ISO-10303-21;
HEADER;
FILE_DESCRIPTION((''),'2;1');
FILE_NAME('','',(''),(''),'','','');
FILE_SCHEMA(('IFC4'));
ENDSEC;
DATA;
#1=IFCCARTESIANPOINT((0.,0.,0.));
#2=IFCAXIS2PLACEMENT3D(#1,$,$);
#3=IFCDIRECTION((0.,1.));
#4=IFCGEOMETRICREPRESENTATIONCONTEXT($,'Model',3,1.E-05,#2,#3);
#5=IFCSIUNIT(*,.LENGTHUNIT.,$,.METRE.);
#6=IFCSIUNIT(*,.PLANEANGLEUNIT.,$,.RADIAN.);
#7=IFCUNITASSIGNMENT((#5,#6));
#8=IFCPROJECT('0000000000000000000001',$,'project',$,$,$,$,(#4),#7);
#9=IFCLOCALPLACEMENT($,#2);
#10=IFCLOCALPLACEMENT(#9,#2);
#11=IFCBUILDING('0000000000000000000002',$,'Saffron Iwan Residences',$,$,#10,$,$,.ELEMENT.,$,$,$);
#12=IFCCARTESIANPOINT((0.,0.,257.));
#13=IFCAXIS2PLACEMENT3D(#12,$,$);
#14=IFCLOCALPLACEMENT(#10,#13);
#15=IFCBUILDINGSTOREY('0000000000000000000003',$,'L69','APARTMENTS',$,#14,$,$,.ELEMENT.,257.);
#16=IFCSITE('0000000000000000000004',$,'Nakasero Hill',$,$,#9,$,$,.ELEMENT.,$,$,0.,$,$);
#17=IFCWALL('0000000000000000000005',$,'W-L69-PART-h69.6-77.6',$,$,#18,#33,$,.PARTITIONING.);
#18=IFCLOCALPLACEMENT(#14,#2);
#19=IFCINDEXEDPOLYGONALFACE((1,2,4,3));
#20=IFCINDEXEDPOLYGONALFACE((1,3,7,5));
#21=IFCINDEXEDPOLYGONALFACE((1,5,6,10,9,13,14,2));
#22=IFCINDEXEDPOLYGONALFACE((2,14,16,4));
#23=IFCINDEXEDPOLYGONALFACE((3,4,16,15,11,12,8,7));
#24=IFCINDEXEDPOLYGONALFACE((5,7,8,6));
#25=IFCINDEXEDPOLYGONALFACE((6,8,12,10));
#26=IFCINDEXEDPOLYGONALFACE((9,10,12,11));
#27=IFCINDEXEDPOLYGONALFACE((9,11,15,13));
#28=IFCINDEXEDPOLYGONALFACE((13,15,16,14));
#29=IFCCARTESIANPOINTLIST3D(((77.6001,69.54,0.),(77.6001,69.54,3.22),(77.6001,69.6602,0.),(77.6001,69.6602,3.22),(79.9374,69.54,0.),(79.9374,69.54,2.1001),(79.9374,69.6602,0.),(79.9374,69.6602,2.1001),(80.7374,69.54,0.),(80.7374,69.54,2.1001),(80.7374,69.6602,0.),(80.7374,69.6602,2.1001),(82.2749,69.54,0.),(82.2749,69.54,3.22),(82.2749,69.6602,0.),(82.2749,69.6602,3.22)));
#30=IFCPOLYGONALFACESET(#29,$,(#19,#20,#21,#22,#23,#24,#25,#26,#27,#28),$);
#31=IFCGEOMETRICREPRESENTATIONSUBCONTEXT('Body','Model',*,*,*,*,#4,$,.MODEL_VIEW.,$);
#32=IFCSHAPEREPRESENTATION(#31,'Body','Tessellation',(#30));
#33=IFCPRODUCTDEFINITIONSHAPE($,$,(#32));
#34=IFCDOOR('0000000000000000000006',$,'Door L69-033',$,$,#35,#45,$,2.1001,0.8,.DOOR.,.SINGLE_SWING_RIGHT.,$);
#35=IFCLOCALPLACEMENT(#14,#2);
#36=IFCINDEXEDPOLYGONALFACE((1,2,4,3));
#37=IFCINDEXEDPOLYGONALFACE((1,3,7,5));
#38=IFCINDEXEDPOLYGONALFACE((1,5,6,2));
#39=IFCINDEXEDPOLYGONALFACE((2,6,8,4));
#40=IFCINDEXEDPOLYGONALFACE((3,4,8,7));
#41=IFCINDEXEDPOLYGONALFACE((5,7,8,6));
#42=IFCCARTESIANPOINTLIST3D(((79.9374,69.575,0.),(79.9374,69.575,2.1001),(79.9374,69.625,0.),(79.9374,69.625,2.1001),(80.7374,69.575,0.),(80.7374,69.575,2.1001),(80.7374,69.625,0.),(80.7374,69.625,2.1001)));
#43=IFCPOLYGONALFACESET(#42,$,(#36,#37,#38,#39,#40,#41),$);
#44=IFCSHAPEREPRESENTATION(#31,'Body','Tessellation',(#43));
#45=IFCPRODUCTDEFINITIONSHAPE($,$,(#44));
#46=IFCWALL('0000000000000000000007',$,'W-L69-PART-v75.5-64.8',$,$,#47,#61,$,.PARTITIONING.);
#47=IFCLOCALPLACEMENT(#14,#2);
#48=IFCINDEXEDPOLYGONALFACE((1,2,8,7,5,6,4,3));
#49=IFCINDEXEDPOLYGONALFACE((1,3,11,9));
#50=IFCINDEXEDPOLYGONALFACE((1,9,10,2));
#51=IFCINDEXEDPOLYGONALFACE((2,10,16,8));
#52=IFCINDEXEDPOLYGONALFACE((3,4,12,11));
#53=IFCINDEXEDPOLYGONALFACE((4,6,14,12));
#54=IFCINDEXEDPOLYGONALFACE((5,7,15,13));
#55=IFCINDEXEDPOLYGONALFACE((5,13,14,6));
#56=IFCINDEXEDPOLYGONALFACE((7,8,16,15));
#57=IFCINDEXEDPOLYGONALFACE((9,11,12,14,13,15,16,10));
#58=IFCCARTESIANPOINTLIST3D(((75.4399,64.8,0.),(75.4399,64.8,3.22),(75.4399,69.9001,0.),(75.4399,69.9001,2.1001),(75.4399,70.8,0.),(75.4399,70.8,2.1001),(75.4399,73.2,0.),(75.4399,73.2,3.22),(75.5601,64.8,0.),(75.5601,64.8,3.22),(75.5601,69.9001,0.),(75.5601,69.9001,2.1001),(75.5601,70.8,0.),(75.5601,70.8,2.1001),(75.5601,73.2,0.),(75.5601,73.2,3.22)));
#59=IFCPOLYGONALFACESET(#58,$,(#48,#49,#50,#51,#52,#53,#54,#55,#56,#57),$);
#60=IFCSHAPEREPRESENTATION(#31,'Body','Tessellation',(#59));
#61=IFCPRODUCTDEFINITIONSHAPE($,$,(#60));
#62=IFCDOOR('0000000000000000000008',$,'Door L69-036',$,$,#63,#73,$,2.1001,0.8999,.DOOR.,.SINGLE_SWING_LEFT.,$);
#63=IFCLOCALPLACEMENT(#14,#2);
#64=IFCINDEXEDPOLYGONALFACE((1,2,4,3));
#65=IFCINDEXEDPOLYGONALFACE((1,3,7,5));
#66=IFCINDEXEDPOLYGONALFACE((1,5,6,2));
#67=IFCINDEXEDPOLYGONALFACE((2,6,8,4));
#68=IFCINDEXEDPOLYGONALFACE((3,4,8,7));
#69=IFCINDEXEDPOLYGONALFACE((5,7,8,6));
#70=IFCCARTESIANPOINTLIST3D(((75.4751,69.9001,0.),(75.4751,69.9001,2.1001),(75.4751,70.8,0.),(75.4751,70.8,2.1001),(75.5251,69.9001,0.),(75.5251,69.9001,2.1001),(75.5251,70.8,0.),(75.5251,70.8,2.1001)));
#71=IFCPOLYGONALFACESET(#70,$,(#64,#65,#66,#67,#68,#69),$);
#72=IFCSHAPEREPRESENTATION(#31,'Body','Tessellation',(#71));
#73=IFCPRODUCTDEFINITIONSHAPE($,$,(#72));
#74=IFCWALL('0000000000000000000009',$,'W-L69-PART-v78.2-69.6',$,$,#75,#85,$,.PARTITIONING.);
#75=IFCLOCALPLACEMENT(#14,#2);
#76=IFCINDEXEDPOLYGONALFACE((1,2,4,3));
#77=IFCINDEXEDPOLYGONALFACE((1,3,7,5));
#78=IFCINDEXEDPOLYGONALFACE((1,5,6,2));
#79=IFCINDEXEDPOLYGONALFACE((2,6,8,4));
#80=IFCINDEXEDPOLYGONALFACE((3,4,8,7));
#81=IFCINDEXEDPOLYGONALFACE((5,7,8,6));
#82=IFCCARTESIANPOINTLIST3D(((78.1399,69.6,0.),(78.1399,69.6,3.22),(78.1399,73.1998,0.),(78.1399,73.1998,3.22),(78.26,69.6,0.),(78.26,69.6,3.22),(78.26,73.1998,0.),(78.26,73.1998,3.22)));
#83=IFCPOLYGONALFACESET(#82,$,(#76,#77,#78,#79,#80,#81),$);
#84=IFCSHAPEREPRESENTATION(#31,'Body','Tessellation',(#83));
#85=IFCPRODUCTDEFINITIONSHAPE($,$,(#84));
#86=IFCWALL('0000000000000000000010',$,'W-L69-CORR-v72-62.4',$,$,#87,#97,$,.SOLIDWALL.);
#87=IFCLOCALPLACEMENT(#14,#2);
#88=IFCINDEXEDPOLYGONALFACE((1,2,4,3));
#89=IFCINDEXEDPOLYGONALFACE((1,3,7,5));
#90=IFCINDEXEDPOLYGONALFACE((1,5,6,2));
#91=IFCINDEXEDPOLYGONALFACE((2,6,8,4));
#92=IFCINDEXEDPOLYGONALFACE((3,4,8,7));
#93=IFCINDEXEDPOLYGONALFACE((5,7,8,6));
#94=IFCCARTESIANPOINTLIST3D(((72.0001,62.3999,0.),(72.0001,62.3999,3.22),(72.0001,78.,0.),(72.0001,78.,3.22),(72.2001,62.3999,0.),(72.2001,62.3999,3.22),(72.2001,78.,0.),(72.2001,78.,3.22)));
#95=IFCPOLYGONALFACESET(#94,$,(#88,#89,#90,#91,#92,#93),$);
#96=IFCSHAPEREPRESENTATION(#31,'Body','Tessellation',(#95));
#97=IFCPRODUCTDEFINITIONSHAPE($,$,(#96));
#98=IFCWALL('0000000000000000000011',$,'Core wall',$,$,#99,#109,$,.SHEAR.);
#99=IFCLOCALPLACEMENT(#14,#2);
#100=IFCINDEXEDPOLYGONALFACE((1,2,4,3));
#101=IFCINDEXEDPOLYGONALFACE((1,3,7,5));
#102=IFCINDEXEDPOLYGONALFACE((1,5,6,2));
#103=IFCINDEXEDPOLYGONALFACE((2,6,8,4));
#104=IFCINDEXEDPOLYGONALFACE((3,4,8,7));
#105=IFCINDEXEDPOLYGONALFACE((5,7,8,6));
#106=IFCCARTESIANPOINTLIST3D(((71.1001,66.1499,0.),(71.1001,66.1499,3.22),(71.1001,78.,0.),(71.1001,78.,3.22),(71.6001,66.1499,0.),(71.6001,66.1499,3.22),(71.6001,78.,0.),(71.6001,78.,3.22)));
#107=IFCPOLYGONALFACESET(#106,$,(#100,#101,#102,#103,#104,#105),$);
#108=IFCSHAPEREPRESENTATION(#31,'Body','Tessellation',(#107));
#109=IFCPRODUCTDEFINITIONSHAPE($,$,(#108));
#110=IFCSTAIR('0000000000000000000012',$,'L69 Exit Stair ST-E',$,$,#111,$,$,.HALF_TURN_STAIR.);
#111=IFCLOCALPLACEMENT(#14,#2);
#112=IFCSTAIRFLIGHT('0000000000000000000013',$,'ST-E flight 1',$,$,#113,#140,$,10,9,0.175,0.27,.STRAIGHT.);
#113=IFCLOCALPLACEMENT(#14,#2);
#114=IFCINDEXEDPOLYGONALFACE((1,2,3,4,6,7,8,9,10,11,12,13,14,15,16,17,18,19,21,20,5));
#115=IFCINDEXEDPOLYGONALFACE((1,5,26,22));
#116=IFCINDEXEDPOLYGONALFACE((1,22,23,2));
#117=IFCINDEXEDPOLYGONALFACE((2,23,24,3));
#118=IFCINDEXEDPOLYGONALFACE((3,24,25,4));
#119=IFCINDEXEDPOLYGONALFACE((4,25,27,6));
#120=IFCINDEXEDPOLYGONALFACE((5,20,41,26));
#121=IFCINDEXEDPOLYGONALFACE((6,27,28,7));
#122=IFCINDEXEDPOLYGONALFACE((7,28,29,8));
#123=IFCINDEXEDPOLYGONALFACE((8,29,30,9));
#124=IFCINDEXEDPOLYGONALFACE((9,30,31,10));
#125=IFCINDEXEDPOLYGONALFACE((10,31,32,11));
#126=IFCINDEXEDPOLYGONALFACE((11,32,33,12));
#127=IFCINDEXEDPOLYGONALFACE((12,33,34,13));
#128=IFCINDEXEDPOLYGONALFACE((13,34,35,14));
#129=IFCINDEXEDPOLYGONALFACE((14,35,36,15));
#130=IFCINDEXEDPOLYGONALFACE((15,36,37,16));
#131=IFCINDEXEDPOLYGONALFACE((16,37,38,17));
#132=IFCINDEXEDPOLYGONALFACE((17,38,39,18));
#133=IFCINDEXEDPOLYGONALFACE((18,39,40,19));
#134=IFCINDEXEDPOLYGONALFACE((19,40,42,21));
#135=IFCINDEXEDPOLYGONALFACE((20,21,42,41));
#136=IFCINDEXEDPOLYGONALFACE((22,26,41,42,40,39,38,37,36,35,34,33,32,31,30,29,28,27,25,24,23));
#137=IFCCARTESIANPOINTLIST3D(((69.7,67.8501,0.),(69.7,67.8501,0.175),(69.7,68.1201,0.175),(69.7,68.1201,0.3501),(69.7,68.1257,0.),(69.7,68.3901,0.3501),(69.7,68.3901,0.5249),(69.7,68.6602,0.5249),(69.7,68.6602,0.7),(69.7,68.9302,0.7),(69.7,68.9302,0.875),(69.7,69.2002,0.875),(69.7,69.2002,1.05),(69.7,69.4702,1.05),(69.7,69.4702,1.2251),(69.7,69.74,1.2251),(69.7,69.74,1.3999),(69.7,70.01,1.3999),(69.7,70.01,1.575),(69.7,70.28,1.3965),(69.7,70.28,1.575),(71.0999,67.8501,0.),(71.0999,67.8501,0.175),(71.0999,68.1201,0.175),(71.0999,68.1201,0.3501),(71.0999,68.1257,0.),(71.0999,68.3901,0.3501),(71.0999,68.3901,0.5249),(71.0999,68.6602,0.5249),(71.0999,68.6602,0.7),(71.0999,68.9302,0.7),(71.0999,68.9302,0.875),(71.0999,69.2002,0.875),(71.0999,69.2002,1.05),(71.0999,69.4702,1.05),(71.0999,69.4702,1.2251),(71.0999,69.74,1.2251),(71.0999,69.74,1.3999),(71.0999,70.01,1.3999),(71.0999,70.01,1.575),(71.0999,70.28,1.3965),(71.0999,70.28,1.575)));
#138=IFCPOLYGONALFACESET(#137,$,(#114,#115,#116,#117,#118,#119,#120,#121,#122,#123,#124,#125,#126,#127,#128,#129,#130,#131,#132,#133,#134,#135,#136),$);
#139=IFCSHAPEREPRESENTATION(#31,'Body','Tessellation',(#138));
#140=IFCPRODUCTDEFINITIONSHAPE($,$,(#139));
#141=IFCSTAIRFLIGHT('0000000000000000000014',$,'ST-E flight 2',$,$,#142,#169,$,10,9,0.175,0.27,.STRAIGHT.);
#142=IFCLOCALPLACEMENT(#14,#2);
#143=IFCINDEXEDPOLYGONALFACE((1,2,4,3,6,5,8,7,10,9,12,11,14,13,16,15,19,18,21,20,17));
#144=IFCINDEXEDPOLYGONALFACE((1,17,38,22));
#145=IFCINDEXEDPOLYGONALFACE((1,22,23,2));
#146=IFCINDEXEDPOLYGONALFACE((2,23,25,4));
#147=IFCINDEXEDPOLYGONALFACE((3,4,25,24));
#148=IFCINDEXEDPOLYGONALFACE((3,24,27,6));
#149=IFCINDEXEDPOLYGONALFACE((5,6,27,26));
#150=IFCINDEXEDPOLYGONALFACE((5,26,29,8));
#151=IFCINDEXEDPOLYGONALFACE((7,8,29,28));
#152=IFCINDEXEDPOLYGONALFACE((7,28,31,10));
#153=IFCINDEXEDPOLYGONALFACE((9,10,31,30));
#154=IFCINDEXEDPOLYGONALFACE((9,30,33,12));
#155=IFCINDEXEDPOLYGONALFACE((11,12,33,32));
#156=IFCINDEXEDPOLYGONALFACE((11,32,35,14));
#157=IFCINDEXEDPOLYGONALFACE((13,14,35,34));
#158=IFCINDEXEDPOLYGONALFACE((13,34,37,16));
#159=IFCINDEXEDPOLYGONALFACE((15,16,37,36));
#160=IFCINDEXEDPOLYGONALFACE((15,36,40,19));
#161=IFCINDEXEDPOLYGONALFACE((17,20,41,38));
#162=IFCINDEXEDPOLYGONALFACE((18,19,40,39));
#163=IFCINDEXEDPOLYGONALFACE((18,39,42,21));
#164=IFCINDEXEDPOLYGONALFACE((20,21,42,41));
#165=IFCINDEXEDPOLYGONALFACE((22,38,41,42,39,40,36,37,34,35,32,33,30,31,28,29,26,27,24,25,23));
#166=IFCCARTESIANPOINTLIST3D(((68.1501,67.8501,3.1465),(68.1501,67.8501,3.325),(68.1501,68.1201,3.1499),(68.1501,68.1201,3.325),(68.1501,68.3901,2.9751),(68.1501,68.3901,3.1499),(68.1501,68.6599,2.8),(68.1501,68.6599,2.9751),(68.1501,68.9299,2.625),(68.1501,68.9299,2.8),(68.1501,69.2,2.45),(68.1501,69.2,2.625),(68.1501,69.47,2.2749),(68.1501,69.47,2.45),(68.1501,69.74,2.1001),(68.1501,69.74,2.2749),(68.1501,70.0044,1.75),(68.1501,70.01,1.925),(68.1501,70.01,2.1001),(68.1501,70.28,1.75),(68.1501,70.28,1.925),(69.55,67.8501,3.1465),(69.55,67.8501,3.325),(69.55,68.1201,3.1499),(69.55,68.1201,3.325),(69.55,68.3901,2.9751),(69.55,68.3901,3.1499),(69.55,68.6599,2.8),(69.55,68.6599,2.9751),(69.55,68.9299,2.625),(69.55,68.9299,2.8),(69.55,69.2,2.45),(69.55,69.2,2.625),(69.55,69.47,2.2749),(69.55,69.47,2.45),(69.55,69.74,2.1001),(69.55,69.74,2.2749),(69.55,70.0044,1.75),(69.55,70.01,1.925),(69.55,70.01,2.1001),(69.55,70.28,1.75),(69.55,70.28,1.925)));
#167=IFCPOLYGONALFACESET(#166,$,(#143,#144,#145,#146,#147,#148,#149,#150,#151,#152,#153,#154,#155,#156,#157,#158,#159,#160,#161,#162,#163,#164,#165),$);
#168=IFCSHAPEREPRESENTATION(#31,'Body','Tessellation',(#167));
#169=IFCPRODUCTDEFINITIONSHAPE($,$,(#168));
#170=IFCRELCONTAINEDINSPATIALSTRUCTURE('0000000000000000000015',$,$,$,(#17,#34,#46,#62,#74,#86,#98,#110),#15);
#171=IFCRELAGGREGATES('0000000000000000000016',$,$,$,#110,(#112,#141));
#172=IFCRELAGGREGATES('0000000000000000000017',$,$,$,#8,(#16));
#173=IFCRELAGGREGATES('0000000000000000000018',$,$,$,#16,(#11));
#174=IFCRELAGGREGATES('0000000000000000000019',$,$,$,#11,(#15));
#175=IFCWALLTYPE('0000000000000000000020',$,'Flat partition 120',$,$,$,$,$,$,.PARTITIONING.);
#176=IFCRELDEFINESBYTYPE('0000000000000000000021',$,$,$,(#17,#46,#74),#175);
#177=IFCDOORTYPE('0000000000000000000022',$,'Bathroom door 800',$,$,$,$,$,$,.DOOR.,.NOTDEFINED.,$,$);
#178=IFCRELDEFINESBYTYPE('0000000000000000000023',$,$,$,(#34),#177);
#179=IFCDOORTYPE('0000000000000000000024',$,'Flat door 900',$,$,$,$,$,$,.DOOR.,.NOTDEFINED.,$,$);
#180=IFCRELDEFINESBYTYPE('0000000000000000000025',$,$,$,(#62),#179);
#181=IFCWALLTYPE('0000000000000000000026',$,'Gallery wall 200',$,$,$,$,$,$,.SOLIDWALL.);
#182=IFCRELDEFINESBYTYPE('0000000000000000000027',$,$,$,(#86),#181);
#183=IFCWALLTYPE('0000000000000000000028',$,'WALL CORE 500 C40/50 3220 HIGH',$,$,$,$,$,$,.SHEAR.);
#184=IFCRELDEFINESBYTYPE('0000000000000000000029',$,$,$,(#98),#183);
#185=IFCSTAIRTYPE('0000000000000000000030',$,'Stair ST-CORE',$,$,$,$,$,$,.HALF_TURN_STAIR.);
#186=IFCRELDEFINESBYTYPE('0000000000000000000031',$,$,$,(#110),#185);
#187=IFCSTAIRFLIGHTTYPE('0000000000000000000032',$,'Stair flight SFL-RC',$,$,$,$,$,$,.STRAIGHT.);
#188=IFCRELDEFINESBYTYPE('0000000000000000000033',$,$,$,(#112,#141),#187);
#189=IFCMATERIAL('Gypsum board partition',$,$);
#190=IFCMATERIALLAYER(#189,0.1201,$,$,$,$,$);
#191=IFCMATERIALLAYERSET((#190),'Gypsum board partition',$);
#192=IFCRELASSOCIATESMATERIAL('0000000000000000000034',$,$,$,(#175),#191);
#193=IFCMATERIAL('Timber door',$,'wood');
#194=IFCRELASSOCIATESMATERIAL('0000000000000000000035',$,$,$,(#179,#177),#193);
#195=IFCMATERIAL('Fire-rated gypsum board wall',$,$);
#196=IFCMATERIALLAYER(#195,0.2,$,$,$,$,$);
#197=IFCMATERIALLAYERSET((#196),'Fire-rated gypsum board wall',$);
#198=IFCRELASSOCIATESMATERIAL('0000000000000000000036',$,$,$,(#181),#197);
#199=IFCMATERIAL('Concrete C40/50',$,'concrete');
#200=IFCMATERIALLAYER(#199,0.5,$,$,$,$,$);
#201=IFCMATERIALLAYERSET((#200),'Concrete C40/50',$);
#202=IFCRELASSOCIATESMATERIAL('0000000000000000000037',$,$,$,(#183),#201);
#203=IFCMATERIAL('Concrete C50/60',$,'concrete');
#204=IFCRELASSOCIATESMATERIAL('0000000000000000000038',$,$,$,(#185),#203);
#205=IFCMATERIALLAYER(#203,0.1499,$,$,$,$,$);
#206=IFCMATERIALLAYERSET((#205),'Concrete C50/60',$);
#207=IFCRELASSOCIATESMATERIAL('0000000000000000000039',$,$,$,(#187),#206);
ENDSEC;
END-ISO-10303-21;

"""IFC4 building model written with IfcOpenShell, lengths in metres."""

from ifc_helpers import new_model, si_unit, direction, frame, frame_2d, origin, place, context, subcontext, project, spatial, polyline, rectangle, outline, extrude, material, layer, layer_set, type_object, element, fill, aggregate, save


model = new_model("IFC4")

# Units and contexts
model_context = context("Model", 3, precision=1e-05, world=origin(), true_north=direction((0.0, 1.0)))
body_context = subcontext(model_context, "Body", "Model", "MODEL_VIEW")
ifc_project = project(units=[si_unit("LENGTHUNIT", "METRE"), si_unit("PLANEANGLEUNIT", "RADIAN")], contexts=[model_context])

# Site, building, storey
site_placement = place(None, origin())
site = spatial("IfcSite", under=ifc_project, at=site_placement, Name="Nakasero Hill", CompositionType="ELEMENT", RefElevation=0.0)
building_placement = place(site_placement, origin())
building = spatial("IfcBuilding", under=site, at=building_placement, Name="Saffron Iwan Residences", CompositionType="ELEMENT")
storey_placement = place(building_placement, frame((0.0, 0.0, 257.0)))
storey = spatial("IfcBuildingStorey", under=building, at=storey_placement, Name="L69", Description="APARTMENTS", CompositionType="ELEMENT", Elevation=257.0)

# Shared definitions
ifc_material_1 = material(Name="Concrete C40/50", Category="concrete")

# Shared definitions
ifc_material_2 = material(Name="Fire-rated gypsum board wall")

# Shared definitions
ifc_material_3 = material(Name="Gypsum board partition")
ifc_layer_1 = layer(ifc_material_3, 0.1201)
ifc_layer_set_1 = layer_set([ifc_layer_1], Name="Gypsum board partition")
wall_type_1 = type_object("IfcWallType", Name="Flat partition 120", PredefinedType="PARTITIONING", material=ifc_layer_set_1)
ifc_material_4 = material(Name="Timber door", Category="wood")
door_type_1 = type_object("IfcDoorType", Name="Flat door 900", OperationType="NOTDEFINED", PredefinedType="DOOR", material=ifc_material_4)

# Walls, openings, doors
wall_1_placement = place(storey_placement, frame((77.6001, 69.6001, 0.0), z_axis=(0.0, 0.0, 1.0), x_axis=(1.0, 0.0, 0.0)))
wall_1 = element("IfcWall", 1, at=wall_1_placement, inside=storey, type_object=wall_type_1, Name="W-L69-PART-h69.6-77.6", PredefinedType="PARTITIONING", context=body_context, shape_type="SweptSolid", body=[
    extrude(rectangle(XDim=4.6748, YDim=0.1201, at=frame_2d((2.3374, 0.0))), origin(), (0.0, 0.0, 1.0), 3.22),
])
opening_1_placement = place(wall_1_placement, frame((2.3374, 0.0, 0.0)))
opening_1 = element("IfcOpeningElement", 2, at=opening_1_placement, cuts=wall_1, PredefinedType="OPENING", context=body_context, shape_type="SweptSolid", body=[
    extrude(rectangle(XDim=0.8, YDim=2.1001, at=frame_2d((0.3999, 1.05))), frame((0.0, 0.0701, 0.0), z_axis=(0.0, -1.0, 0.0), x_axis=(1.0, 0.0, 0.0)), (0.0, 0.0, 1.0), 0.1401),
])
door_type_2 = type_object("IfcDoorType", Name="Bathroom door 800", OperationType="NOTDEFINED", PredefinedType="DOOR", material=ifc_material_4)
door_1_placement = place(opening_1_placement, origin())
door_1 = element("IfcDoor", 3, at=door_1_placement, inside=storey, type_object=door_type_2, Name="Door L69-033", OperationType="SINGLE_SWING_RIGHT", OverallHeight=2.1001, OverallWidth=0.8, PredefinedType="DOOR", context=body_context, shape_type="SweptSolid", body=[
    extrude(rectangle(XDim=0.8, YDim=2.1001, at=frame_2d((0.3999, 1.05))), frame((0.0, 0.0249, 0.0), z_axis=(0.0, -1.0, 0.0), x_axis=(1.0, 0.0, 0.0)), (0.0, 0.0, 1.0), 0.05),
])
fill(opening_1, door_1)
wall_2_placement = place(storey_placement, frame((75.5, 64.8, 0.0), z_axis=(0.0, 0.0, 1.0), x_axis=(0.0, 1.0, 0.0)))
wall_2 = element("IfcWall", 4, at=wall_2_placement, inside=storey, type_object=wall_type_1, Name="W-L69-PART-v75.5-64.8", PredefinedType="PARTITIONING", context=body_context, shape_type="SweptSolid", body=[
    extrude(rectangle(XDim=8.3999, YDim=0.1201, at=frame_2d((4.2, 0.0))), origin(), (0.0, 0.0, 1.0), 3.22),
])
opening_2_placement = place(wall_2_placement, frame((5.1001, 0.0, 0.0)))
opening_2 = element("IfcOpeningElement", 5, at=opening_2_placement, cuts=wall_2, PredefinedType="OPENING", context=body_context, shape_type="SweptSolid", body=[
    extrude(rectangle(XDim=0.8999, YDim=2.1001, at=frame_2d((0.45, 1.05))), frame((0.0, 0.0701, 0.0), z_axis=(0.0, -1.0, 0.0), x_axis=(1.0, 0.0, 0.0)), (0.0, 0.0, 1.0), 0.1401),
])
door_2_placement = place(opening_2_placement, origin())
door_2 = element("IfcDoor", 6, at=door_2_placement, inside=storey, type_object=door_type_1, Name="Door L69-036", OperationType="SINGLE_SWING_LEFT", OverallHeight=2.1001, OverallWidth=0.8999, PredefinedType="DOOR", context=body_context, shape_type="SweptSolid", body=[
    extrude(rectangle(XDim=0.8999, YDim=2.1001, at=frame_2d((0.45, 1.05))), frame((0.0, 0.0249, 0.0), z_axis=(0.0, -1.0, 0.0), x_axis=(1.0, 0.0, 0.0)), (0.0, 0.0, 1.0), 0.05),
])
fill(opening_2, door_2)

# Walls
wall_3_placement = place(storey_placement, frame((78.2, 69.6001, 0.0), z_axis=(0.0, 0.0, 1.0), x_axis=(0.0, 1.0, 0.0)))
element("IfcWall", 7, at=wall_3_placement, inside=storey, type_object=wall_type_1, Name="W-L69-PART-v78.2-69.6", PredefinedType="PARTITIONING", context=body_context, shape_type="SweptSolid", body=[
    extrude(rectangle(XDim=3.5999, YDim=0.1201, at=frame_2d((1.7998, 0.0))), origin(), (0.0, 0.0, 1.0), 3.22),
])
ifc_layer_2 = layer(ifc_material_2, 0.2)
ifc_layer_set_2 = layer_set([ifc_layer_2], Name="Fire-rated gypsum board wall")
wall_type_2 = type_object("IfcWallType", Name="Gallery wall 200", PredefinedType="SOLIDWALL", material=ifc_layer_set_2)
wall_4_placement = place(storey_placement, frame((72.1001, 62.3999, 0.0), z_axis=(0.0, 0.0, 1.0), x_axis=(0.0, 1.0, 0.0)))
element("IfcWall", 8, at=wall_4_placement, inside=storey, type_object=wall_type_2, Name="W-L69-CORR-v72-62.4", PredefinedType="SOLIDWALL", context=body_context, shape_type="SweptSolid", body=[
    extrude(rectangle(XDim=15.6001, YDim=0.2, at=frame_2d((7.8, 0.0))), origin(), (0.0, 0.0, 1.0), 3.22),
])
ifc_layer_3 = layer(ifc_material_1, 0.5)
ifc_layer_set_3 = layer_set([ifc_layer_3], Name="Concrete C40/50")
wall_type_3 = type_object("IfcWallType", Name="WALL CORE 500 C40/50 3220 HIGH", PredefinedType="SHEAR", material=ifc_layer_set_3)
wall_5_placement = place(storey_placement, frame((71.3501, 66.1499, 0.0), z_axis=(0.0, 0.0, 1.0), x_axis=(0.0, 1.0, 0.0)))
element("IfcWall", 9, at=wall_5_placement, inside=storey, type_object=wall_type_3, Name="Core wall", PredefinedType="SHEAR", context=body_context, shape_type="SweptSolid", body=[
    extrude(rectangle(XDim=11.8501, YDim=0.5, at=frame_2d((5.925, 0.0))), origin(), (0.0, 0.0, 1.0), 3.22),
])

# Stair, stair flights
ifc_material_5 = material(Name="Concrete C50/60", Category="concrete")
stair_type = type_object("IfcStairType", Name="Stair ST-CORE", PredefinedType="HALF_TURN_STAIR", material=ifc_material_5)
stair_placement = place(storey_placement, origin())
stair = element("IfcStair", 10, at=stair_placement, inside=storey, type_object=stair_type, Name="L69 Exit Stair ST-E", PredefinedType="HALF_TURN_STAIR")
ifc_layer_4 = layer(ifc_material_5, 0.1499)
ifc_layer_set_4 = layer_set([ifc_layer_4], Name="Concrete C50/60")
stair_flight_type = type_object("IfcStairFlightType", Name="Stair flight SFL-RC", PredefinedType="STRAIGHT", material=ifc_layer_set_4)
stair_flight_1_placement = place(storey_placement, frame((70.3999, 67.8501, 0.0), z_axis=(0.0, 0.0, 1.0), x_axis=(0.0, 1.0, 0.0)))
stair_flight_1 = element("IfcStairFlight", 11, at=stair_flight_1_placement, type_object=stair_flight_type, Name="ST-E flight 1", NumberOfRisers=10, NumberOfTreads=9, PredefinedType="STRAIGHT", RiserHeight=0.175, TreadLength=0.27, context=body_context, shape_type="SweptSolid", body=[
    extrude(outline(polyline([(0.0, 0.0), (0.0, 0.175), (0.27, 0.175), (0.27, 0.3501), (0.54, 0.3501), (0.54, 0.5249), (0.8101, 0.5249), (0.8101, 0.7), (1.0801, 0.7), (1.0801, 0.875), (1.3501, 0.875), (1.3501, 1.05), (1.6201, 1.05), (1.6201, 1.2251), (1.8899, 1.2251), (1.8899, 1.3999), (2.1599, 1.3999), (2.1599, 1.575), (2.4299, 1.575), (2.4299, 1.75), (2.4299, 1.3965), (0.2756, 0.0), (0.0, 0.0)])), frame((0.0, 0.7, 0.0), z_axis=(0.0, -1.0, 0.0), x_axis=(1.0, 0.0, 0.0)), (0.0, 0.0, 1.0), 1.3999),
])
stair_flight_2_placement = place(storey_placement, frame((68.8501, 70.28, 1.75), z_axis=(0.0, 0.0, 1.0), x_axis=(0.0, -1.0, 0.0)))
stair_flight_2 = element("IfcStairFlight", 12, at=stair_flight_2_placement, type_object=stair_flight_type, Name="ST-E flight 2", NumberOfRisers=10, NumberOfTreads=9, PredefinedType="STRAIGHT", RiserHeight=0.175, TreadLength=0.27, context=body_context, shape_type="SweptSolid", body=[
    extrude(outline(polyline([(0.0, 0.0), (0.0, 0.175), (0.27, 0.175), (0.27, 0.3501), (0.54, 0.3501), (0.54, 0.5249), (0.8101, 0.5249), (0.8101, 0.7), (1.0801, 0.7), (1.0801, 0.875), (1.3501, 0.875), (1.3501, 1.05), (1.6201, 1.05), (1.6201, 1.2251), (1.8899, 1.2251), (1.8899, 1.3999), (2.1599, 1.3999), (2.1599, 1.575), (2.4299, 1.575), (2.4299, 1.75), (2.4299, 1.3965), (0.2756, 0.0), (0.0, 0.0)])), frame((0.0, 0.7, 0.0), z_axis=(0.0, -1.0, 0.0), x_axis=(1.0, 0.0, 0.0)), (0.0, 0.0, 1.0), 1.3999),
])
aggregate(stair, [stair_flight_1, stair_flight_2])

save(model, "model.ifc")
